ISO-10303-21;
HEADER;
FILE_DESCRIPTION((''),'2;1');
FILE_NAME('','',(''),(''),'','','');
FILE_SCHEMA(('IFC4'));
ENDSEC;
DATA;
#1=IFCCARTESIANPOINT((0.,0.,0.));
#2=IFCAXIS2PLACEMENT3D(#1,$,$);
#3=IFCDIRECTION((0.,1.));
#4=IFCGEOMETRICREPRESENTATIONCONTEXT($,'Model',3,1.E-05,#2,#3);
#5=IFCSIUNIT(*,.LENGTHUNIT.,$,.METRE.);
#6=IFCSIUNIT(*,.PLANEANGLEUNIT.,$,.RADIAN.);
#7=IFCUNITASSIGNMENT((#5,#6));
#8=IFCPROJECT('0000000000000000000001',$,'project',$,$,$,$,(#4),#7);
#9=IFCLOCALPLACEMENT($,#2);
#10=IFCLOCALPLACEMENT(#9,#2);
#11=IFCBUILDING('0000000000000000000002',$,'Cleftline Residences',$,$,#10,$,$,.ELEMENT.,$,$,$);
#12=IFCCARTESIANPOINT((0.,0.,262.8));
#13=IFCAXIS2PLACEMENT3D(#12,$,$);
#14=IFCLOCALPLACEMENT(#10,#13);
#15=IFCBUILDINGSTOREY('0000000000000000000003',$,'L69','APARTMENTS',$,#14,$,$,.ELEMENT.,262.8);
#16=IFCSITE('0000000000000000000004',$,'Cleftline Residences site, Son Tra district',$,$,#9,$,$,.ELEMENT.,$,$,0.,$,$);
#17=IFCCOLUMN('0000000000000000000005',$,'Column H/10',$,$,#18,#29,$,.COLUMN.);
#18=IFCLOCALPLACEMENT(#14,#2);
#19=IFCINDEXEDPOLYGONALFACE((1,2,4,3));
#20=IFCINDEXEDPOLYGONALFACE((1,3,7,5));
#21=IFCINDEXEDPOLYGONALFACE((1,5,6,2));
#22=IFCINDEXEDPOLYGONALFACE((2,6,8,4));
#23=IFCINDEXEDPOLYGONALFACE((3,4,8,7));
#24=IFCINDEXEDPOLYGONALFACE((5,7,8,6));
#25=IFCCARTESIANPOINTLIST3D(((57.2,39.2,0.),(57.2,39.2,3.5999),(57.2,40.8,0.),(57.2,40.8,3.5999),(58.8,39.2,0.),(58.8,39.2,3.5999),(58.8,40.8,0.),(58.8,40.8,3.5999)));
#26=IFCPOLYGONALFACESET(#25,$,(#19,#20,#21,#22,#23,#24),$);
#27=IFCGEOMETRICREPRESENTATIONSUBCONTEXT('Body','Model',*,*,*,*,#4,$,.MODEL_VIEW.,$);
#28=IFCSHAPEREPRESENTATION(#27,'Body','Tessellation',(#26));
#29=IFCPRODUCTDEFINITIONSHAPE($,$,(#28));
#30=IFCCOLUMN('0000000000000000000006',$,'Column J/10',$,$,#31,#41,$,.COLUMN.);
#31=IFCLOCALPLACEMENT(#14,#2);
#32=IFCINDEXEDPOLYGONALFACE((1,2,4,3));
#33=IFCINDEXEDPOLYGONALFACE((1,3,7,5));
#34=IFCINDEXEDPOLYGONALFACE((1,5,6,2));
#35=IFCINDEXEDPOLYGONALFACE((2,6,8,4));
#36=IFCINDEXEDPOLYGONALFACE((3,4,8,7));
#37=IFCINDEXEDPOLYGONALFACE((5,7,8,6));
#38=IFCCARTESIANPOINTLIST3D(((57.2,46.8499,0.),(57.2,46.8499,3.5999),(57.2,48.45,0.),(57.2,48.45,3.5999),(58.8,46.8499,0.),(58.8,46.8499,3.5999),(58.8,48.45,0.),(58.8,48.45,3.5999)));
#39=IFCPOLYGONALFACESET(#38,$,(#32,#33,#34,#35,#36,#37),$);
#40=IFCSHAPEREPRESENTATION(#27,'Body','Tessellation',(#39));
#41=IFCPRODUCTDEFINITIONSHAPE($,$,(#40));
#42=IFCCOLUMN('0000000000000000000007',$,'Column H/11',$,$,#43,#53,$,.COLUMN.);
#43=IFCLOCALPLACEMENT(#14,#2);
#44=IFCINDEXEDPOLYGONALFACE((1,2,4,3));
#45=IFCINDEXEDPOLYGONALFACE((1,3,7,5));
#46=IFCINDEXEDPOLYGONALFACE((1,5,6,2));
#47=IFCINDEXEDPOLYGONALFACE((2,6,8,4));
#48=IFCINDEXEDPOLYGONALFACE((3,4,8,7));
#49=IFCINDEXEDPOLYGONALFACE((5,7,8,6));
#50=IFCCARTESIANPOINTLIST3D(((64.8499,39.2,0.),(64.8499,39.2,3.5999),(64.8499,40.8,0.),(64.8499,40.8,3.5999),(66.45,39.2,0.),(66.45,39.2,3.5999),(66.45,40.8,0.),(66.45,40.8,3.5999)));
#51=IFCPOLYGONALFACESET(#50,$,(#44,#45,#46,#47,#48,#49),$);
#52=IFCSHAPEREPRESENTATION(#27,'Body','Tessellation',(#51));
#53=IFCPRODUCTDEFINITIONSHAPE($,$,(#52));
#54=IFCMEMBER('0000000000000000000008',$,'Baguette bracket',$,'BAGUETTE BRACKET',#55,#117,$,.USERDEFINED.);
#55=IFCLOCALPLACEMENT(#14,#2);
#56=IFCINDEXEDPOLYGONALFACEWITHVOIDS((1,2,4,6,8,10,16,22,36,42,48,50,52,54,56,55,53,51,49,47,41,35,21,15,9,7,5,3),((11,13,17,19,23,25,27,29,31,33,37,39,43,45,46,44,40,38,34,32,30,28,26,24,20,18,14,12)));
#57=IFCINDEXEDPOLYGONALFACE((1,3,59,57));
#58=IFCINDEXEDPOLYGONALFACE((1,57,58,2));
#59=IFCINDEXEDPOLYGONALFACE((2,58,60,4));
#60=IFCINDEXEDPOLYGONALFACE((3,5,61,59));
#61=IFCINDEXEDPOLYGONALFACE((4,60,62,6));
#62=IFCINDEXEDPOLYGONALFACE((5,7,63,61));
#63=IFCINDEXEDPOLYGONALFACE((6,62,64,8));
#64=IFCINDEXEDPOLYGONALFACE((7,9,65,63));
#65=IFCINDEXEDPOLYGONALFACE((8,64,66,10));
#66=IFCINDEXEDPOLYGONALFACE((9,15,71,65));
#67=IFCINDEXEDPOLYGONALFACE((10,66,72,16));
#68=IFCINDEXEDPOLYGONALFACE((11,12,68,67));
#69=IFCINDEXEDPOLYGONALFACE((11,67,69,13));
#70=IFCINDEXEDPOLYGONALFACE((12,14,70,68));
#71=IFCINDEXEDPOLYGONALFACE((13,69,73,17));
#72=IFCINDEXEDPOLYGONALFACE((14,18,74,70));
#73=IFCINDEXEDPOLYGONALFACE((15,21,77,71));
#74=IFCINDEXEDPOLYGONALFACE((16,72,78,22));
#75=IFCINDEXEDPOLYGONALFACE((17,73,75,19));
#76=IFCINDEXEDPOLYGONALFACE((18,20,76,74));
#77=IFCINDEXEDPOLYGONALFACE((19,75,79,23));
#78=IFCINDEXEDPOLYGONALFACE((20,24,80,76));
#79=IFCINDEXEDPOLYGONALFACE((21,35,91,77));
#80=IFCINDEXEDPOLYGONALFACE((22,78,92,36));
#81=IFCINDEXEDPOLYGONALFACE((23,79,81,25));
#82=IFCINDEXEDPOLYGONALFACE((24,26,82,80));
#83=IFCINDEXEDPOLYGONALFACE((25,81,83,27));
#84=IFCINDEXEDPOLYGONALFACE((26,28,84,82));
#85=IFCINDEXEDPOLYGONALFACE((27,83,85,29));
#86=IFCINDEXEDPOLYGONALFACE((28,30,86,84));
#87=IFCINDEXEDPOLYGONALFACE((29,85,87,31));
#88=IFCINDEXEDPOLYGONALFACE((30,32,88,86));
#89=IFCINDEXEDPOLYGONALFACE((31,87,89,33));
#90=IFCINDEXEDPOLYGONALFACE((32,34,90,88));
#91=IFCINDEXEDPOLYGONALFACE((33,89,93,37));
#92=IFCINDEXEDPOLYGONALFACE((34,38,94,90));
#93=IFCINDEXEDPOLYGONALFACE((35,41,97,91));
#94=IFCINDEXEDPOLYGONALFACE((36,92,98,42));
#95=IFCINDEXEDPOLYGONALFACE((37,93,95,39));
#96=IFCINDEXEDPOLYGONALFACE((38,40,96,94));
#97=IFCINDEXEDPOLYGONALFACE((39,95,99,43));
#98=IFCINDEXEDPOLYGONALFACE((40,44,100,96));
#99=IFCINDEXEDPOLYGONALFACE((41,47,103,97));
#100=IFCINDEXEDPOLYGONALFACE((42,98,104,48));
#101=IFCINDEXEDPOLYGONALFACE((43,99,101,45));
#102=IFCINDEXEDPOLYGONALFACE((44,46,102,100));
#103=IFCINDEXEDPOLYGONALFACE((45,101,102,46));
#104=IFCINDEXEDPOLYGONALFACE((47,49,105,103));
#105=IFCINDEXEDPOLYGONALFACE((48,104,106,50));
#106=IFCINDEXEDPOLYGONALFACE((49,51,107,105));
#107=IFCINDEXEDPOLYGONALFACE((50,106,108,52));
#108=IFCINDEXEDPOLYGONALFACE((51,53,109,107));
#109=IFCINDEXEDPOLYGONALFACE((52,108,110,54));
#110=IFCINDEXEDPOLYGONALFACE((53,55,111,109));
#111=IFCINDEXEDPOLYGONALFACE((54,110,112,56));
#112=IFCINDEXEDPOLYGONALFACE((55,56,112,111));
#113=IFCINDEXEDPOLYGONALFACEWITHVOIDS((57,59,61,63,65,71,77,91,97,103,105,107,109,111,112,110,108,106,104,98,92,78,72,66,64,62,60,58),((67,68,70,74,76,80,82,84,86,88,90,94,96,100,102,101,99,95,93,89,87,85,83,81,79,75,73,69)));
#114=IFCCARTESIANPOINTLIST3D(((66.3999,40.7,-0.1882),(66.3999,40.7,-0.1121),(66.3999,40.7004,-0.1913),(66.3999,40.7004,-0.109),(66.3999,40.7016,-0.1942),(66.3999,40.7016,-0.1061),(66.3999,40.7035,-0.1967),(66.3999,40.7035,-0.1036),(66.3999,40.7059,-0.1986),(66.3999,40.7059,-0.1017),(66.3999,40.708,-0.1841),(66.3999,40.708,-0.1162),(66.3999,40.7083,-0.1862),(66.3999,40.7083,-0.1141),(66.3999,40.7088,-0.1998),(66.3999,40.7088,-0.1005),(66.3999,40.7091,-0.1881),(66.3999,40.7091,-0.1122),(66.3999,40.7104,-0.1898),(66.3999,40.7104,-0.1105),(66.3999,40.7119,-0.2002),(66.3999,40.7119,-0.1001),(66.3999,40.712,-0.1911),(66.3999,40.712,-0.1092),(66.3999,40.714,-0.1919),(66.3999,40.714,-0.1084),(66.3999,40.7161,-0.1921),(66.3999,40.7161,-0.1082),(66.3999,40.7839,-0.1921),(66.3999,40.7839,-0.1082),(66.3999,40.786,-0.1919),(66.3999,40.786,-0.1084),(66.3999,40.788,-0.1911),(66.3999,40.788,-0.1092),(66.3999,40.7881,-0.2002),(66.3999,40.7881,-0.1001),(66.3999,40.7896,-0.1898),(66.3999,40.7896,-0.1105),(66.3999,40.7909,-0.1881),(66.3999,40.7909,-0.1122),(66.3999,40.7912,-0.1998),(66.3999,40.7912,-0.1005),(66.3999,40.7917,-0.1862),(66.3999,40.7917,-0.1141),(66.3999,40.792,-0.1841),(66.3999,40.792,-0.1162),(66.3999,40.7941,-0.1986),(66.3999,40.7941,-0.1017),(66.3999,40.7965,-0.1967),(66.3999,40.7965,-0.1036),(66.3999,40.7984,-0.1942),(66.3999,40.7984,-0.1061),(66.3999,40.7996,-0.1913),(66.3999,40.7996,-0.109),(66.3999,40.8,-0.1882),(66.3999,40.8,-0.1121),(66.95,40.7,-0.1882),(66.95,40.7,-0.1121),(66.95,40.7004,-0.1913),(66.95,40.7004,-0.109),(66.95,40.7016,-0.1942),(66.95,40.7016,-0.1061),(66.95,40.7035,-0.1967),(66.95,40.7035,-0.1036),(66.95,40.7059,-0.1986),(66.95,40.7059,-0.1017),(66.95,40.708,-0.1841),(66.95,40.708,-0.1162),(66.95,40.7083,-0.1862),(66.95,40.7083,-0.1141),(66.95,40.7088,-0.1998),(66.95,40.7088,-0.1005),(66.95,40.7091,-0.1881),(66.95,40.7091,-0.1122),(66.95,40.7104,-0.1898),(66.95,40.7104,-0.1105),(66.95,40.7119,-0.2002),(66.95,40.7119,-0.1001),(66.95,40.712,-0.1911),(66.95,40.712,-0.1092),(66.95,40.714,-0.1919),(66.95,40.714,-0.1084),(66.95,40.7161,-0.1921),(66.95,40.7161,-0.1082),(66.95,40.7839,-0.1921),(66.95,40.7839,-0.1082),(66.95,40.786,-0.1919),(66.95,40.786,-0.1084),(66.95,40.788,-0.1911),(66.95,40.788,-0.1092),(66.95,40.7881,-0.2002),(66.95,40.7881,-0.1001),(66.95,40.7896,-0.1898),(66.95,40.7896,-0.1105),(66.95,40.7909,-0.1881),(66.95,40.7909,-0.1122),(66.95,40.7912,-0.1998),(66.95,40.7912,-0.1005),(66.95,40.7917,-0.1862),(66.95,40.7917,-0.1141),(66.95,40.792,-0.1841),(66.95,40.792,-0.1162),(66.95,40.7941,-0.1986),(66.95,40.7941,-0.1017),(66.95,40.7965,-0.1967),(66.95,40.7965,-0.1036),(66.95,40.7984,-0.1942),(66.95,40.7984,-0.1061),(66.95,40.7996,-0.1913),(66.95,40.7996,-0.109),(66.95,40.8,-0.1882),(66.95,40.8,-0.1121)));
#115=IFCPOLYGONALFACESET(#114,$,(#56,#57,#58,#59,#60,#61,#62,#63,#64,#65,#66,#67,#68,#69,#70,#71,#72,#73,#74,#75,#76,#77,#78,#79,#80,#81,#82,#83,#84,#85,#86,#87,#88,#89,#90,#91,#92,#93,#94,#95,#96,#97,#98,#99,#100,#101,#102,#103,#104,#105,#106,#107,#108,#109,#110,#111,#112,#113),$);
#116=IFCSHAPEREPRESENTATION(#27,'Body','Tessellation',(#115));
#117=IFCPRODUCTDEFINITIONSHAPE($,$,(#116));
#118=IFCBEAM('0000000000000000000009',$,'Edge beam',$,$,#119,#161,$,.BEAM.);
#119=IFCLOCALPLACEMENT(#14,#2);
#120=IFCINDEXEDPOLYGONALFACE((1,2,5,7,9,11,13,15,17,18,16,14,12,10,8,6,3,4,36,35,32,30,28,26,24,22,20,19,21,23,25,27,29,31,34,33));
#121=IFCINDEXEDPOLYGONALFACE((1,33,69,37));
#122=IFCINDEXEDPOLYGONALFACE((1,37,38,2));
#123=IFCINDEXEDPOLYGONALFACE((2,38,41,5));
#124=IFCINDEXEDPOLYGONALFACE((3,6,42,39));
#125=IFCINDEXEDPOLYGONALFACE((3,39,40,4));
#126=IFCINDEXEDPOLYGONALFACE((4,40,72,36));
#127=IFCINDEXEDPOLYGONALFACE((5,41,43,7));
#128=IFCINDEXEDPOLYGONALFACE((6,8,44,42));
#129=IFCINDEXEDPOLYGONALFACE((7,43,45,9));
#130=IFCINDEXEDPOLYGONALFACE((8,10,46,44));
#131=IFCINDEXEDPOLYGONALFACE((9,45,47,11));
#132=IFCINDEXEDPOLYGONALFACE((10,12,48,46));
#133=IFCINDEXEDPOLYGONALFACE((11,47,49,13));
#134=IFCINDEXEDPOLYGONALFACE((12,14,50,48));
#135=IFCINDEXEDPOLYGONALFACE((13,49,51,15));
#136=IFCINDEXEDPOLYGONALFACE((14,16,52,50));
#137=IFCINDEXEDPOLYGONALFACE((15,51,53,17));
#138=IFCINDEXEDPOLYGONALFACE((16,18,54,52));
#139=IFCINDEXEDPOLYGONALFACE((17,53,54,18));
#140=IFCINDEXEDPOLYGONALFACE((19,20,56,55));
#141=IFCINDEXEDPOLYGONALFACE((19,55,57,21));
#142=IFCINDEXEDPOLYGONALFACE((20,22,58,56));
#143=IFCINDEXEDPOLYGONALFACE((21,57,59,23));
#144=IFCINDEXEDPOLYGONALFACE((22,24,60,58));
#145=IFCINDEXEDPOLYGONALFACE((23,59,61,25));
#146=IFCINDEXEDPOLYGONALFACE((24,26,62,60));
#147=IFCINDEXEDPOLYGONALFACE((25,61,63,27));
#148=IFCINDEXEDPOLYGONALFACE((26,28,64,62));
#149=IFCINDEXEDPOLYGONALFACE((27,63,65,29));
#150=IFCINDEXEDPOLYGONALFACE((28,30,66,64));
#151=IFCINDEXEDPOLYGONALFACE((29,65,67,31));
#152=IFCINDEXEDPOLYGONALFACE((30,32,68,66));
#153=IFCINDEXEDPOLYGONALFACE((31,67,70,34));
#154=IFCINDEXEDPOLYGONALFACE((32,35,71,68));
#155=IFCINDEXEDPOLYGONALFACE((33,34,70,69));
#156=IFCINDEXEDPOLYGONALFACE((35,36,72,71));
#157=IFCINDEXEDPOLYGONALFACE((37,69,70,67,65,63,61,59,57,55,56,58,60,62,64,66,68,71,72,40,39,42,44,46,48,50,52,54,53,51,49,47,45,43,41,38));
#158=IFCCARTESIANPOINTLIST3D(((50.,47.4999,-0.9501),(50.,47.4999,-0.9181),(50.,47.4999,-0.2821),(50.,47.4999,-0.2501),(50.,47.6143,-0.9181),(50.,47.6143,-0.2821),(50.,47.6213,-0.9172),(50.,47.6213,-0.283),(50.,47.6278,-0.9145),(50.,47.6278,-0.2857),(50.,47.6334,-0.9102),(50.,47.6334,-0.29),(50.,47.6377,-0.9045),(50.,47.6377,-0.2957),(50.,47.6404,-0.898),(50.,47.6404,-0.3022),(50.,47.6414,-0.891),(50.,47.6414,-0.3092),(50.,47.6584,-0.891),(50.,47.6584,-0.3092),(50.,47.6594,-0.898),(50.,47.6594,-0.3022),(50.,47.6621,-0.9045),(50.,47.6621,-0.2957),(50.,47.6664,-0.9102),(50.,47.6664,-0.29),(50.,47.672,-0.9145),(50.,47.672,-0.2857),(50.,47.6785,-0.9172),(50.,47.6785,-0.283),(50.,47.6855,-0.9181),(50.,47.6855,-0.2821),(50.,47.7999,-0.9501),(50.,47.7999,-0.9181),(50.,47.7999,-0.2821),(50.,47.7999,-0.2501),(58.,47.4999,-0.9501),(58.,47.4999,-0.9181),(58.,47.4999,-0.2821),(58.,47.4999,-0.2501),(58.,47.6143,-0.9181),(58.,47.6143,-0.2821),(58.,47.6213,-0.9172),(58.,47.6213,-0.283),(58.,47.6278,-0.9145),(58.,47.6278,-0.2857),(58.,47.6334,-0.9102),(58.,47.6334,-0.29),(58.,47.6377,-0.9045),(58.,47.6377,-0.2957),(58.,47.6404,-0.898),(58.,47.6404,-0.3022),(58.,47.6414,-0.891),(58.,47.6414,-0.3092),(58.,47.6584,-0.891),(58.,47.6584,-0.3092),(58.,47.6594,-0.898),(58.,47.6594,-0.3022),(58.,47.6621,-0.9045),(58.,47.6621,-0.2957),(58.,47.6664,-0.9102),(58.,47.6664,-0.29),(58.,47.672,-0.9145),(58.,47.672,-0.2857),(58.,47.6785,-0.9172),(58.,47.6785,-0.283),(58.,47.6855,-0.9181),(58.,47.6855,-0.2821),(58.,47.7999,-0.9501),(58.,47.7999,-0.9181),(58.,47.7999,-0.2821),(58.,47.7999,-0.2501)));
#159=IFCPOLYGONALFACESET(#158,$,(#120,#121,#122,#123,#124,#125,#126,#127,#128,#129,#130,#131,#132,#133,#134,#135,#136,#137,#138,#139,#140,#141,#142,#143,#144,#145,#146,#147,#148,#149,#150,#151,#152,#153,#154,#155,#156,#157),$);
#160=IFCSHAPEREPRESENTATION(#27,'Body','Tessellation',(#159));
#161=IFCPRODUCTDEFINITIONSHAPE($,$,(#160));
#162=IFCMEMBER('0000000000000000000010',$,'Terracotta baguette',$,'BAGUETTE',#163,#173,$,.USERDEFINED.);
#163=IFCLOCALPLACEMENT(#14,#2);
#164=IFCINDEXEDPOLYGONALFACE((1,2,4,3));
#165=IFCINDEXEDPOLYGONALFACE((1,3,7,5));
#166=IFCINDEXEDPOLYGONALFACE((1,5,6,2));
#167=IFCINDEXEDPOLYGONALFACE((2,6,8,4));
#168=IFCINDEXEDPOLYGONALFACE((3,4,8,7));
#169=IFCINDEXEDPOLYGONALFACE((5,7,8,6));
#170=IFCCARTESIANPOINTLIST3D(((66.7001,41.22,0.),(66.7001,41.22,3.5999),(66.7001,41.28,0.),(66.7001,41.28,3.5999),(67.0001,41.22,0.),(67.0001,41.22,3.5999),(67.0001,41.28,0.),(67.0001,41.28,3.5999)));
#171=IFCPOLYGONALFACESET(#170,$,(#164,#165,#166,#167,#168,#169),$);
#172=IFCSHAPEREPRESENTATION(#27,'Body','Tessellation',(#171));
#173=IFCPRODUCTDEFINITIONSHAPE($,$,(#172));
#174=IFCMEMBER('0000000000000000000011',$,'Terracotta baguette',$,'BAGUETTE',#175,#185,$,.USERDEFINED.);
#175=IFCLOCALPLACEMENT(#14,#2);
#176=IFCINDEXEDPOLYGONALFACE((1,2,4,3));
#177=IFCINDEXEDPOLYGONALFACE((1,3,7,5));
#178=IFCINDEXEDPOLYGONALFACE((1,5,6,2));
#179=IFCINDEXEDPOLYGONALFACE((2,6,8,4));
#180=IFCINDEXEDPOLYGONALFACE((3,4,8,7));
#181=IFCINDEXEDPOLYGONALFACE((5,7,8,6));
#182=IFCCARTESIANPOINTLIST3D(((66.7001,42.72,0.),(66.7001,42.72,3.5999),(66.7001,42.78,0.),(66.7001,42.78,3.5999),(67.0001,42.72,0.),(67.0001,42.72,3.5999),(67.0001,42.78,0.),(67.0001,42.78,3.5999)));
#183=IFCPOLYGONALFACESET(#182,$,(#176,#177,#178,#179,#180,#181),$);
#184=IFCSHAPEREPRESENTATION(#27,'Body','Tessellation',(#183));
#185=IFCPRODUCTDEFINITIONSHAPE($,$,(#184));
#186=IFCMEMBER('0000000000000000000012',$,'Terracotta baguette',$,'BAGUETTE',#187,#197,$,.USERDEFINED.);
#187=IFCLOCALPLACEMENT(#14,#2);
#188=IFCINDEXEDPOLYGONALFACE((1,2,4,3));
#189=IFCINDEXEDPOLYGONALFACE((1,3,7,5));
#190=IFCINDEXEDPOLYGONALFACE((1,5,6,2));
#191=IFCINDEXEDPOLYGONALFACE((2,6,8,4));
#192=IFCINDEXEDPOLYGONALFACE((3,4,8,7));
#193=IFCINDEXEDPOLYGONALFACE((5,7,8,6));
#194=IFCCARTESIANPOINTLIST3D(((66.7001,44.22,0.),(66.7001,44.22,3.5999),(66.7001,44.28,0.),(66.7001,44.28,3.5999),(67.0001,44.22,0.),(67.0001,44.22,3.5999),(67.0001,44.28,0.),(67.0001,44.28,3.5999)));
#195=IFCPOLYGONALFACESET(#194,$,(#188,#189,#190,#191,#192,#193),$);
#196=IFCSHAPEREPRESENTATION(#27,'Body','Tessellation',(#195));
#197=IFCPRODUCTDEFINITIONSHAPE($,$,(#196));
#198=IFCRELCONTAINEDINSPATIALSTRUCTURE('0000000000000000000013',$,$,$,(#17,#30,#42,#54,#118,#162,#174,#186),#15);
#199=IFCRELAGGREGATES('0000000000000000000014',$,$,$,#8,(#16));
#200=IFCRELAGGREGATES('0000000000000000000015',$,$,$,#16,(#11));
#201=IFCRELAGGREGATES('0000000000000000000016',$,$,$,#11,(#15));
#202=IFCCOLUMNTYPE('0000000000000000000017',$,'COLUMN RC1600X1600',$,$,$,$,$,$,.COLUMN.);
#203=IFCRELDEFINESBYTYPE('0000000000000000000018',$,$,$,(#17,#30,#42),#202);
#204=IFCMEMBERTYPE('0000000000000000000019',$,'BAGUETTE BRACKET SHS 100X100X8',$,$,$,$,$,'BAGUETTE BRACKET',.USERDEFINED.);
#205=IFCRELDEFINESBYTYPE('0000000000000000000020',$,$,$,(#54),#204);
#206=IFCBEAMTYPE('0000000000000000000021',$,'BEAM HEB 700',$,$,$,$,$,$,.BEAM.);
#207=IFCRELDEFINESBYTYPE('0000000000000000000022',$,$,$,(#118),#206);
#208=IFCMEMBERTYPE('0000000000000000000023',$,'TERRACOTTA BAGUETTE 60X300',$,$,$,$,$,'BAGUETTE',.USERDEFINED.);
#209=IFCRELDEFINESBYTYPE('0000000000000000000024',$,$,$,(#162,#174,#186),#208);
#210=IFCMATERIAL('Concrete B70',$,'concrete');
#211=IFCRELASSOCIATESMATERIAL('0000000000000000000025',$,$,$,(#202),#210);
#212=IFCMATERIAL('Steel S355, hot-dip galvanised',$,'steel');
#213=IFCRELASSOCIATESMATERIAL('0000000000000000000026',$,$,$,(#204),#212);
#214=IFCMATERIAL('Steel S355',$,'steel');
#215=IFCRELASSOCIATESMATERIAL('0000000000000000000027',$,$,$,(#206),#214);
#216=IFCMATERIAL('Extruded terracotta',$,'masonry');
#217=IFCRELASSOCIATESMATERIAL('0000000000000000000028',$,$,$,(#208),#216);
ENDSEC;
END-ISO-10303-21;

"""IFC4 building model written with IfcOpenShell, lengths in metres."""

from ifc_helpers import new_model, si_unit, direction, frame, origin, origin_2d, place, context, subcontext, project, spatial, rectangle, hollow_rectangle, i_section, extrude, material, material_profile, profile_set, type_object, element, save


model = new_model("IFC4")

# Units and contexts
model_context = context("Model", 3, precision=1e-05, world=origin(), true_north=direction((0.0, 1.0)))
body_context = subcontext(model_context, "Body", "Model", "MODEL_VIEW")
ifc_project = project(units=[si_unit("LENGTHUNIT", "METRE"), si_unit("PLANEANGLEUNIT", "RADIAN")], contexts=[model_context])

# Site, building, storey
site_placement = place(None, origin())
site = spatial("IfcSite", under=ifc_project, at=site_placement, Name="Cleftline Residences site, Son Tra district", CompositionType="ELEMENT", RefElevation=0.0)
building_placement = place(site_placement, origin())
building = spatial("IfcBuilding", under=site, at=building_placement, Name="Cleftline Residences", CompositionType="ELEMENT")
storey_placement = place(building_placement, frame((0.0, 0.0, 262.8)))
storey = spatial("IfcBuildingStorey", under=building, at=storey_placement, Name="L69", Description="APARTMENTS", CompositionType="ELEMENT", Elevation=262.8)

# Columns
ifc_material_1 = material(Name="Concrete B70", Category="concrete")
ifc_material_profile_1 = material_profile(ifc_material_1, rectangle(XDim=1.6001, YDim=1.6001, at=origin_2d()))
ifc_profile_set_1 = profile_set([ifc_material_profile_1], Name="Concrete B70")
column_type = type_object("IfcColumnType", Name="COLUMN RC1600X1600", PredefinedType="COLUMN", material=ifc_profile_set_1)
for number, where, z_axis, x_axis, name in (
    (1, (58.0, 40.0, 0.0), (0.0, 0.0, 1.0), (1.0, 0.0, 0.0), "Column H/10"),
    (2, (58.0, 47.6499, 0.0), (0.0, 0.0, 1.0), (1.0, 0.0, 0.0), "Column J/10"),
    (3, (65.6499, 40.0, 0.0), (0.0, 0.0, 1.0), (1.0, 0.0, 0.0), "Column H/11"),
):
    element("IfcColumn", number, at=place(storey_placement, frame(where, z_axis=z_axis, x_axis=x_axis)), inside=storey, type_object=column_type, Name=name, PredefinedType="COLUMN", context=body_context, shape_type="SweptSolid", body=[
        extrude(rectangle(XDim=1.6001, YDim=1.6001, at=origin_2d()), origin(), (0.0, 0.0, 1.0), 3.5999),
    ])

# Member
ifc_material_2 = material(Name="Steel S355, hot-dip galvanised", Category="steel")
ifc_material_profile_2 = material_profile(ifc_material_2, hollow_rectangle(XDim=0.1001, YDim=0.1001, WallThickness=0.0081, InnerFilletRadius=0.0081, OuterFilletRadius=0.012, at=origin_2d()))
ifc_profile_set_2 = profile_set([ifc_material_profile_2], Name="Steel S355, hot-dip galvanised")
member_type_1 = type_object("IfcMemberType", Name="BAGUETTE BRACKET SHS 100X100X8", ElementType="BAGUETTE BRACKET", PredefinedType="USERDEFINED", material=ifc_profile_set_2)
member_placement = place(storey_placement, frame((66.3999, 40.75, -0.1501), z_axis=(1.0, 0.0, 0.0), x_axis=(0.0, 1.0, 0.0)))
element("IfcMember", 4, at=member_placement, inside=storey, type_object=member_type_1, Name="Baguette bracket", ObjectType="BAGUETTE BRACKET", PredefinedType="USERDEFINED", context=body_context, shape_type="SweptSolid", body=[
    extrude(hollow_rectangle(XDim=0.1001, YDim=0.1001, WallThickness=0.0081, InnerFilletRadius=0.0081, OuterFilletRadius=0.012, at=origin_2d()), origin(), (0.0, 0.0, 1.0), 0.55),
])

# Beam
ifc_material_3 = material(Name="Steel S355", Category="steel")
ifc_material_profile_3 = material_profile(ifc_material_3, i_section(OverallWidth=0.3, OverallDepth=0.7, WebThickness=0.0171, FlangeThickness=0.032, FilletRadius=0.0271, at=origin_2d()))
ifc_profile_set_3 = profile_set([ifc_material_profile_3], Name="Steel S355")
beam_type = type_object("IfcBeamType", Name="BEAM HEB 700", PredefinedType="BEAM", material=ifc_profile_set_3)
beam_placement = place(storey_placement, frame((58.0, 47.6499, -0.6001), z_axis=(-1.0, 0.0, 0.0), x_axis=(0.0, -1.0, 0.0)))
element("IfcBeam", 5, at=beam_placement, inside=storey, type_object=beam_type, Name="Edge beam", PredefinedType="BEAM", context=body_context, shape_type="SweptSolid", body=[
    extrude(i_section(OverallWidth=0.3, OverallDepth=0.7, WebThickness=0.0171, FlangeThickness=0.032, FilletRadius=0.0271, at=origin_2d()), origin(), (0.0, 0.0, 1.0), 8.0),
])

# Members
ifc_material_4 = material(Name="Extruded terracotta", Category="masonry")
ifc_material_profile_4 = material_profile(ifc_material_4, rectangle(XDim=0.0601, YDim=0.3, at=origin_2d()))
ifc_profile_set_4 = profile_set([ifc_material_profile_4], Name="Extruded terracotta")
member_type_2 = type_object("IfcMemberType", Name="TERRACOTTA BAGUETTE 60X300", ElementType="BAGUETTE", PredefinedType="USERDEFINED", material=ifc_profile_set_4)
for number, where, z_axis, x_axis, name in (
    (6, (66.8501, 41.25, 0.0), (0.0, 0.0, 1.0), (0.0, 1.0, 0.0), "Terracotta baguette"),
    (7, (66.8501, 42.75, 0.0), (0.0, 0.0, 1.0), (0.0, 1.0, 0.0), "Terracotta baguette"),
    (8, (66.8501, 44.25, 0.0), (0.0, 0.0, 1.0), (0.0, 1.0, 0.0), "Terracotta baguette"),
):
    element("IfcMember", number, at=place(storey_placement, frame(where, z_axis=z_axis, x_axis=x_axis)), inside=storey, type_object=member_type_2, Name=name, ObjectType="BAGUETTE", PredefinedType="USERDEFINED", context=body_context, shape_type="SweptSolid", body=[
        extrude(rectangle(XDim=0.0601, YDim=0.3, at=origin_2d()), origin(), (0.0, 0.0, 1.0), 3.5999),
    ])

save(model, "model.ifc")
